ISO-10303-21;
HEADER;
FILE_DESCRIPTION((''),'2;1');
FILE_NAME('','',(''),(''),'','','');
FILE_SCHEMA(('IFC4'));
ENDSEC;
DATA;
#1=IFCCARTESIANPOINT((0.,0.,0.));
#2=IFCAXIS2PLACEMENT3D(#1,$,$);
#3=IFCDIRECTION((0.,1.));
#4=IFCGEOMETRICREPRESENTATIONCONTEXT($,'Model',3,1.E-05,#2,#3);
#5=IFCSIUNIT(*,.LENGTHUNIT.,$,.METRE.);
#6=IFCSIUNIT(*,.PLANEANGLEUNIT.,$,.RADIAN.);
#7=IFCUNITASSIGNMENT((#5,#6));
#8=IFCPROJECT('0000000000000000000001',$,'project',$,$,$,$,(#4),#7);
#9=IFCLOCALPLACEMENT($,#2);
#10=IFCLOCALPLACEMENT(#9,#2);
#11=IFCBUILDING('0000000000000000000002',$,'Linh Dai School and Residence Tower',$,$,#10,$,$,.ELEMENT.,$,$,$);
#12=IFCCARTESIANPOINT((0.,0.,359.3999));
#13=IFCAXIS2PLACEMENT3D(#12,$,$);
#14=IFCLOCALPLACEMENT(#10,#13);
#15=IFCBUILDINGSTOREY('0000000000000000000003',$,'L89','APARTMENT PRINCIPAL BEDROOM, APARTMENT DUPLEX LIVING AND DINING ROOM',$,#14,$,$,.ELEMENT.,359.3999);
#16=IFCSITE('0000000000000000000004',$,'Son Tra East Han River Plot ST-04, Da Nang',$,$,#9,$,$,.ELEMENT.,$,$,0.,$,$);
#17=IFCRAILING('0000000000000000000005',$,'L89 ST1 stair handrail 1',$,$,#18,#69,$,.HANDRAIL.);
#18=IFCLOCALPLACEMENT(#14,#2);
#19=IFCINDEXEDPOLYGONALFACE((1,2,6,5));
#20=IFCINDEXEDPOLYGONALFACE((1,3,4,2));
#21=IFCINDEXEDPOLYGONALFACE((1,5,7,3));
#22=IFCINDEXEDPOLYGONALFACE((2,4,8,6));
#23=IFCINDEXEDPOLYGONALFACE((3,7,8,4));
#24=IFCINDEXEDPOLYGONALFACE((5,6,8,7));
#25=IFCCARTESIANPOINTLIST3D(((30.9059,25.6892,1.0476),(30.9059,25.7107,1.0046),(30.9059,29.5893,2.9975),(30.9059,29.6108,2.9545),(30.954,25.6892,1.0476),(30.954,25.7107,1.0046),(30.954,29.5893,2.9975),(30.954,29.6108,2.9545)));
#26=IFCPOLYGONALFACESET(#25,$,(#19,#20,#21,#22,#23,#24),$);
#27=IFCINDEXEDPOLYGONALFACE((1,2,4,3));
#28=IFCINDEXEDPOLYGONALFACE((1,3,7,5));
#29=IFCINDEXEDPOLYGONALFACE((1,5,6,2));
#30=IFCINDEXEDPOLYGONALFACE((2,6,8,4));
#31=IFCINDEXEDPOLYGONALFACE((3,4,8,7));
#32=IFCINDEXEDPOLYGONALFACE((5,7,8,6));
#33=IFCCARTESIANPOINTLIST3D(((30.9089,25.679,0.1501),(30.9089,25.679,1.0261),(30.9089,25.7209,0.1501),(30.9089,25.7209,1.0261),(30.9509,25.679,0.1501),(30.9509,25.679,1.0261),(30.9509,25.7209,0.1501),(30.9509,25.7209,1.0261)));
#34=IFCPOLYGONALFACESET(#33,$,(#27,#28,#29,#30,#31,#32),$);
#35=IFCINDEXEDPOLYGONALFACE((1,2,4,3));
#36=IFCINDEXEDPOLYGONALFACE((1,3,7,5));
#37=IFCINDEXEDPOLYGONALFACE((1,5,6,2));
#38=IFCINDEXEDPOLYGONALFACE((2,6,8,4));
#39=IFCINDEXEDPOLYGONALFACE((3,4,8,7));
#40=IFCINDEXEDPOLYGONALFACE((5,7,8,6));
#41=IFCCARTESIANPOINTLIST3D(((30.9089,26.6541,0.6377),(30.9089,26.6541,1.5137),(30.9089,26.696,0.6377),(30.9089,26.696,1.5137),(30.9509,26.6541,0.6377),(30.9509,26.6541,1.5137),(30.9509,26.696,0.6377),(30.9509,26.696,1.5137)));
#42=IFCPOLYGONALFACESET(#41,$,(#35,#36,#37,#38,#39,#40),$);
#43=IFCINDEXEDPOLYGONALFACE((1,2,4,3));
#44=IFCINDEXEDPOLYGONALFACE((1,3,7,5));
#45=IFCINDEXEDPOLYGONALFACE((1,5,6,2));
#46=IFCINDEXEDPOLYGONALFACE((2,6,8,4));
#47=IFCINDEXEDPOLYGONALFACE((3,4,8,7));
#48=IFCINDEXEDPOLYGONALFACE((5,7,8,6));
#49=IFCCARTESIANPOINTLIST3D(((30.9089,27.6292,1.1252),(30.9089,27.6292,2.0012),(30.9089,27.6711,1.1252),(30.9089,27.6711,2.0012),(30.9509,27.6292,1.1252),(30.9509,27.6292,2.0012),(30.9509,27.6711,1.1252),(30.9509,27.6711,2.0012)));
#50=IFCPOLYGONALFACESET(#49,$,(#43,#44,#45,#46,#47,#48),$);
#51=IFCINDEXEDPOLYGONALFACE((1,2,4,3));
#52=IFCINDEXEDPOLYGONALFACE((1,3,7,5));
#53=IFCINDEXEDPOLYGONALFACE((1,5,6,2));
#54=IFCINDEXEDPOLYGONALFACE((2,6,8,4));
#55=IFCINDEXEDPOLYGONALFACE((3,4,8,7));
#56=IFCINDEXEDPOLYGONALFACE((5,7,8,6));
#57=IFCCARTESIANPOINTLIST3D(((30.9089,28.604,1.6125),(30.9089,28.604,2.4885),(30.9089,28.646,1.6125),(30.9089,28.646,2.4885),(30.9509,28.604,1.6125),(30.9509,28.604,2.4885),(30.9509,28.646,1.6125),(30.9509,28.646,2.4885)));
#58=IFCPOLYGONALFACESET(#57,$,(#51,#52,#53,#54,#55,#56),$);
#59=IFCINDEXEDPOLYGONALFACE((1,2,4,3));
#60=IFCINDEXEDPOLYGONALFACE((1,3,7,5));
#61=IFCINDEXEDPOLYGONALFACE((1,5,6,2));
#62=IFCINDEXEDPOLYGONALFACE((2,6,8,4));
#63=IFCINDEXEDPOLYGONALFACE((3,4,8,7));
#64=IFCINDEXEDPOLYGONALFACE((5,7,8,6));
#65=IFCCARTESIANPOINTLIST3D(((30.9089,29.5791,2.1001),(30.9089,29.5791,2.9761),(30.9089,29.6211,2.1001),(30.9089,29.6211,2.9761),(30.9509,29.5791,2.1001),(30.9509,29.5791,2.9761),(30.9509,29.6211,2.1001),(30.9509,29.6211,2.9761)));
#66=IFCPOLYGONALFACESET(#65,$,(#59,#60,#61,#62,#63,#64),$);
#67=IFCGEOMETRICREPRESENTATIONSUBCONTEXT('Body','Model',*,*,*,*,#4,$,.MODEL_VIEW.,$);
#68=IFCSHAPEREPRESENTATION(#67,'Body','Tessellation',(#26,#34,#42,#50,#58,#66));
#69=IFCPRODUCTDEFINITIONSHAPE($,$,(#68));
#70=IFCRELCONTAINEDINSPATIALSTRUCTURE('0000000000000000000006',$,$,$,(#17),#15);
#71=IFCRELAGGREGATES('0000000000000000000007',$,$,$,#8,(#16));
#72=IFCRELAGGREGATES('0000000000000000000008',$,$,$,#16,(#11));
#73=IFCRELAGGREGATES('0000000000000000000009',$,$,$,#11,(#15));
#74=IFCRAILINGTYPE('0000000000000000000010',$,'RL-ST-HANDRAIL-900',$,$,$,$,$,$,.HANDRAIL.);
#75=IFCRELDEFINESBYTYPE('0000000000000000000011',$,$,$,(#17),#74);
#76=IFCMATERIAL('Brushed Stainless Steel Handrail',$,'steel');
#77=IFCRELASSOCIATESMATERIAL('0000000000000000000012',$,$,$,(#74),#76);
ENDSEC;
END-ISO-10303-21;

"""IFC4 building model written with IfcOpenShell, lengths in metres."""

from ifc_helpers import new_model, si_unit, direction, frame, origin, origin_2d, place, context, subcontext, project, spatial, rectangle, extrude, source, transform, mapped, material, type_object, element, save


model = new_model("IFC4")

# Units and contexts
model_context = context("Model", 3, precision=1e-05, world=origin(), true_north=direction((0.0, 1.0)))
body_context = subcontext(model_context, "Body", "Model", "MODEL_VIEW")
ifc_project = project(units=[si_unit("LENGTHUNIT", "METRE"), si_unit("PLANEANGLEUNIT", "RADIAN")], contexts=[model_context])

# Site, building, storey
site_placement = place(None, origin())
site = spatial("IfcSite", under=ifc_project, at=site_placement, Name="Son Tra East Han River Plot ST-04, Da Nang", CompositionType="ELEMENT", RefElevation=0.0)
building_placement = place(site_placement, origin())
building = spatial("IfcBuilding", under=site, at=building_placement, Name="Linh Dai School and Residence Tower", CompositionType="ELEMENT")
storey_placement = place(building_placement, frame((0.0, 0.0, 359.3999)))
storey = spatial("IfcBuildingStorey", under=building, at=storey_placement, Name="L89", Description="APARTMENT PRINCIPAL BEDROOM, APARTMENT DUPLEX LIVING AND DINING ROOM", CompositionType="ELEMENT", Elevation=359.3999)

# Railing
ifc_material_1 = material(Name="Brushed Stainless Steel Handrail", Category="steel")
railing_type_1 = type_object("IfcRailingType", Name="RL-ST-HANDRAIL-900", PredefinedType="HANDRAIL", material=ifc_material_1)
shared_shape_1 = source(origin(), body_context, "Body", "SweptSolid", [
    extrude(rectangle(XDim=0.0481, YDim=0.0481, at=origin_2d()), frame((0.0, 0.0, 0.876), z_axis=(0.0, 0.894438, 0.447191), x_axis=(-1.0, 0.0, 0.0)), (0.0, 0.0, 1.0), 4.3604),
    extrude(rectangle(XDim=0.042, YDim=0.042, at=origin_2d()), origin(), (0.0, 0.0, 1.0), 0.876),
    extrude(rectangle(XDim=0.042, YDim=0.042, at=origin_2d()), frame((0.0, 0.9751, 0.4875)), (0.0, 0.0, 1.0), 0.876),
    extrude(rectangle(XDim=0.042, YDim=0.042, at=origin_2d()), frame((0.0, 1.9502, 0.9751)), (0.0, 0.0, 1.0), 0.876),
    extrude(rectangle(XDim=0.042, YDim=0.042, at=origin_2d()), frame((0.0, 2.925, 1.4624)), (0.0, 0.0, 1.0), 0.876),
    extrude(rectangle(XDim=0.042, YDim=0.042, at=origin_2d()), frame((0.0, 3.9001, 1.95)), (0.0, 0.0, 1.0), 0.876),
])
railing_1_placement = place(storey_placement, frame((30.9299, 25.7, 0.1501)))
element("IfcRailing", 1, at=railing_1_placement, inside=storey, type_object=railing_type_1, Name="L89 ST1 stair handrail 1", PredefinedType="HANDRAIL", context=body_context, shape_type="MappedRepresentation", body=[
    mapped(shared_shape_1, transform((0.0, 0.0, 0.0), x_axis=(1.0, 0.0, 0.0), y_axis=(0.0, 1.0, 0.0), z_axis=(0.0, 0.0, 1.0), scale=1.0)),
])

save(model, "model.ifc")
